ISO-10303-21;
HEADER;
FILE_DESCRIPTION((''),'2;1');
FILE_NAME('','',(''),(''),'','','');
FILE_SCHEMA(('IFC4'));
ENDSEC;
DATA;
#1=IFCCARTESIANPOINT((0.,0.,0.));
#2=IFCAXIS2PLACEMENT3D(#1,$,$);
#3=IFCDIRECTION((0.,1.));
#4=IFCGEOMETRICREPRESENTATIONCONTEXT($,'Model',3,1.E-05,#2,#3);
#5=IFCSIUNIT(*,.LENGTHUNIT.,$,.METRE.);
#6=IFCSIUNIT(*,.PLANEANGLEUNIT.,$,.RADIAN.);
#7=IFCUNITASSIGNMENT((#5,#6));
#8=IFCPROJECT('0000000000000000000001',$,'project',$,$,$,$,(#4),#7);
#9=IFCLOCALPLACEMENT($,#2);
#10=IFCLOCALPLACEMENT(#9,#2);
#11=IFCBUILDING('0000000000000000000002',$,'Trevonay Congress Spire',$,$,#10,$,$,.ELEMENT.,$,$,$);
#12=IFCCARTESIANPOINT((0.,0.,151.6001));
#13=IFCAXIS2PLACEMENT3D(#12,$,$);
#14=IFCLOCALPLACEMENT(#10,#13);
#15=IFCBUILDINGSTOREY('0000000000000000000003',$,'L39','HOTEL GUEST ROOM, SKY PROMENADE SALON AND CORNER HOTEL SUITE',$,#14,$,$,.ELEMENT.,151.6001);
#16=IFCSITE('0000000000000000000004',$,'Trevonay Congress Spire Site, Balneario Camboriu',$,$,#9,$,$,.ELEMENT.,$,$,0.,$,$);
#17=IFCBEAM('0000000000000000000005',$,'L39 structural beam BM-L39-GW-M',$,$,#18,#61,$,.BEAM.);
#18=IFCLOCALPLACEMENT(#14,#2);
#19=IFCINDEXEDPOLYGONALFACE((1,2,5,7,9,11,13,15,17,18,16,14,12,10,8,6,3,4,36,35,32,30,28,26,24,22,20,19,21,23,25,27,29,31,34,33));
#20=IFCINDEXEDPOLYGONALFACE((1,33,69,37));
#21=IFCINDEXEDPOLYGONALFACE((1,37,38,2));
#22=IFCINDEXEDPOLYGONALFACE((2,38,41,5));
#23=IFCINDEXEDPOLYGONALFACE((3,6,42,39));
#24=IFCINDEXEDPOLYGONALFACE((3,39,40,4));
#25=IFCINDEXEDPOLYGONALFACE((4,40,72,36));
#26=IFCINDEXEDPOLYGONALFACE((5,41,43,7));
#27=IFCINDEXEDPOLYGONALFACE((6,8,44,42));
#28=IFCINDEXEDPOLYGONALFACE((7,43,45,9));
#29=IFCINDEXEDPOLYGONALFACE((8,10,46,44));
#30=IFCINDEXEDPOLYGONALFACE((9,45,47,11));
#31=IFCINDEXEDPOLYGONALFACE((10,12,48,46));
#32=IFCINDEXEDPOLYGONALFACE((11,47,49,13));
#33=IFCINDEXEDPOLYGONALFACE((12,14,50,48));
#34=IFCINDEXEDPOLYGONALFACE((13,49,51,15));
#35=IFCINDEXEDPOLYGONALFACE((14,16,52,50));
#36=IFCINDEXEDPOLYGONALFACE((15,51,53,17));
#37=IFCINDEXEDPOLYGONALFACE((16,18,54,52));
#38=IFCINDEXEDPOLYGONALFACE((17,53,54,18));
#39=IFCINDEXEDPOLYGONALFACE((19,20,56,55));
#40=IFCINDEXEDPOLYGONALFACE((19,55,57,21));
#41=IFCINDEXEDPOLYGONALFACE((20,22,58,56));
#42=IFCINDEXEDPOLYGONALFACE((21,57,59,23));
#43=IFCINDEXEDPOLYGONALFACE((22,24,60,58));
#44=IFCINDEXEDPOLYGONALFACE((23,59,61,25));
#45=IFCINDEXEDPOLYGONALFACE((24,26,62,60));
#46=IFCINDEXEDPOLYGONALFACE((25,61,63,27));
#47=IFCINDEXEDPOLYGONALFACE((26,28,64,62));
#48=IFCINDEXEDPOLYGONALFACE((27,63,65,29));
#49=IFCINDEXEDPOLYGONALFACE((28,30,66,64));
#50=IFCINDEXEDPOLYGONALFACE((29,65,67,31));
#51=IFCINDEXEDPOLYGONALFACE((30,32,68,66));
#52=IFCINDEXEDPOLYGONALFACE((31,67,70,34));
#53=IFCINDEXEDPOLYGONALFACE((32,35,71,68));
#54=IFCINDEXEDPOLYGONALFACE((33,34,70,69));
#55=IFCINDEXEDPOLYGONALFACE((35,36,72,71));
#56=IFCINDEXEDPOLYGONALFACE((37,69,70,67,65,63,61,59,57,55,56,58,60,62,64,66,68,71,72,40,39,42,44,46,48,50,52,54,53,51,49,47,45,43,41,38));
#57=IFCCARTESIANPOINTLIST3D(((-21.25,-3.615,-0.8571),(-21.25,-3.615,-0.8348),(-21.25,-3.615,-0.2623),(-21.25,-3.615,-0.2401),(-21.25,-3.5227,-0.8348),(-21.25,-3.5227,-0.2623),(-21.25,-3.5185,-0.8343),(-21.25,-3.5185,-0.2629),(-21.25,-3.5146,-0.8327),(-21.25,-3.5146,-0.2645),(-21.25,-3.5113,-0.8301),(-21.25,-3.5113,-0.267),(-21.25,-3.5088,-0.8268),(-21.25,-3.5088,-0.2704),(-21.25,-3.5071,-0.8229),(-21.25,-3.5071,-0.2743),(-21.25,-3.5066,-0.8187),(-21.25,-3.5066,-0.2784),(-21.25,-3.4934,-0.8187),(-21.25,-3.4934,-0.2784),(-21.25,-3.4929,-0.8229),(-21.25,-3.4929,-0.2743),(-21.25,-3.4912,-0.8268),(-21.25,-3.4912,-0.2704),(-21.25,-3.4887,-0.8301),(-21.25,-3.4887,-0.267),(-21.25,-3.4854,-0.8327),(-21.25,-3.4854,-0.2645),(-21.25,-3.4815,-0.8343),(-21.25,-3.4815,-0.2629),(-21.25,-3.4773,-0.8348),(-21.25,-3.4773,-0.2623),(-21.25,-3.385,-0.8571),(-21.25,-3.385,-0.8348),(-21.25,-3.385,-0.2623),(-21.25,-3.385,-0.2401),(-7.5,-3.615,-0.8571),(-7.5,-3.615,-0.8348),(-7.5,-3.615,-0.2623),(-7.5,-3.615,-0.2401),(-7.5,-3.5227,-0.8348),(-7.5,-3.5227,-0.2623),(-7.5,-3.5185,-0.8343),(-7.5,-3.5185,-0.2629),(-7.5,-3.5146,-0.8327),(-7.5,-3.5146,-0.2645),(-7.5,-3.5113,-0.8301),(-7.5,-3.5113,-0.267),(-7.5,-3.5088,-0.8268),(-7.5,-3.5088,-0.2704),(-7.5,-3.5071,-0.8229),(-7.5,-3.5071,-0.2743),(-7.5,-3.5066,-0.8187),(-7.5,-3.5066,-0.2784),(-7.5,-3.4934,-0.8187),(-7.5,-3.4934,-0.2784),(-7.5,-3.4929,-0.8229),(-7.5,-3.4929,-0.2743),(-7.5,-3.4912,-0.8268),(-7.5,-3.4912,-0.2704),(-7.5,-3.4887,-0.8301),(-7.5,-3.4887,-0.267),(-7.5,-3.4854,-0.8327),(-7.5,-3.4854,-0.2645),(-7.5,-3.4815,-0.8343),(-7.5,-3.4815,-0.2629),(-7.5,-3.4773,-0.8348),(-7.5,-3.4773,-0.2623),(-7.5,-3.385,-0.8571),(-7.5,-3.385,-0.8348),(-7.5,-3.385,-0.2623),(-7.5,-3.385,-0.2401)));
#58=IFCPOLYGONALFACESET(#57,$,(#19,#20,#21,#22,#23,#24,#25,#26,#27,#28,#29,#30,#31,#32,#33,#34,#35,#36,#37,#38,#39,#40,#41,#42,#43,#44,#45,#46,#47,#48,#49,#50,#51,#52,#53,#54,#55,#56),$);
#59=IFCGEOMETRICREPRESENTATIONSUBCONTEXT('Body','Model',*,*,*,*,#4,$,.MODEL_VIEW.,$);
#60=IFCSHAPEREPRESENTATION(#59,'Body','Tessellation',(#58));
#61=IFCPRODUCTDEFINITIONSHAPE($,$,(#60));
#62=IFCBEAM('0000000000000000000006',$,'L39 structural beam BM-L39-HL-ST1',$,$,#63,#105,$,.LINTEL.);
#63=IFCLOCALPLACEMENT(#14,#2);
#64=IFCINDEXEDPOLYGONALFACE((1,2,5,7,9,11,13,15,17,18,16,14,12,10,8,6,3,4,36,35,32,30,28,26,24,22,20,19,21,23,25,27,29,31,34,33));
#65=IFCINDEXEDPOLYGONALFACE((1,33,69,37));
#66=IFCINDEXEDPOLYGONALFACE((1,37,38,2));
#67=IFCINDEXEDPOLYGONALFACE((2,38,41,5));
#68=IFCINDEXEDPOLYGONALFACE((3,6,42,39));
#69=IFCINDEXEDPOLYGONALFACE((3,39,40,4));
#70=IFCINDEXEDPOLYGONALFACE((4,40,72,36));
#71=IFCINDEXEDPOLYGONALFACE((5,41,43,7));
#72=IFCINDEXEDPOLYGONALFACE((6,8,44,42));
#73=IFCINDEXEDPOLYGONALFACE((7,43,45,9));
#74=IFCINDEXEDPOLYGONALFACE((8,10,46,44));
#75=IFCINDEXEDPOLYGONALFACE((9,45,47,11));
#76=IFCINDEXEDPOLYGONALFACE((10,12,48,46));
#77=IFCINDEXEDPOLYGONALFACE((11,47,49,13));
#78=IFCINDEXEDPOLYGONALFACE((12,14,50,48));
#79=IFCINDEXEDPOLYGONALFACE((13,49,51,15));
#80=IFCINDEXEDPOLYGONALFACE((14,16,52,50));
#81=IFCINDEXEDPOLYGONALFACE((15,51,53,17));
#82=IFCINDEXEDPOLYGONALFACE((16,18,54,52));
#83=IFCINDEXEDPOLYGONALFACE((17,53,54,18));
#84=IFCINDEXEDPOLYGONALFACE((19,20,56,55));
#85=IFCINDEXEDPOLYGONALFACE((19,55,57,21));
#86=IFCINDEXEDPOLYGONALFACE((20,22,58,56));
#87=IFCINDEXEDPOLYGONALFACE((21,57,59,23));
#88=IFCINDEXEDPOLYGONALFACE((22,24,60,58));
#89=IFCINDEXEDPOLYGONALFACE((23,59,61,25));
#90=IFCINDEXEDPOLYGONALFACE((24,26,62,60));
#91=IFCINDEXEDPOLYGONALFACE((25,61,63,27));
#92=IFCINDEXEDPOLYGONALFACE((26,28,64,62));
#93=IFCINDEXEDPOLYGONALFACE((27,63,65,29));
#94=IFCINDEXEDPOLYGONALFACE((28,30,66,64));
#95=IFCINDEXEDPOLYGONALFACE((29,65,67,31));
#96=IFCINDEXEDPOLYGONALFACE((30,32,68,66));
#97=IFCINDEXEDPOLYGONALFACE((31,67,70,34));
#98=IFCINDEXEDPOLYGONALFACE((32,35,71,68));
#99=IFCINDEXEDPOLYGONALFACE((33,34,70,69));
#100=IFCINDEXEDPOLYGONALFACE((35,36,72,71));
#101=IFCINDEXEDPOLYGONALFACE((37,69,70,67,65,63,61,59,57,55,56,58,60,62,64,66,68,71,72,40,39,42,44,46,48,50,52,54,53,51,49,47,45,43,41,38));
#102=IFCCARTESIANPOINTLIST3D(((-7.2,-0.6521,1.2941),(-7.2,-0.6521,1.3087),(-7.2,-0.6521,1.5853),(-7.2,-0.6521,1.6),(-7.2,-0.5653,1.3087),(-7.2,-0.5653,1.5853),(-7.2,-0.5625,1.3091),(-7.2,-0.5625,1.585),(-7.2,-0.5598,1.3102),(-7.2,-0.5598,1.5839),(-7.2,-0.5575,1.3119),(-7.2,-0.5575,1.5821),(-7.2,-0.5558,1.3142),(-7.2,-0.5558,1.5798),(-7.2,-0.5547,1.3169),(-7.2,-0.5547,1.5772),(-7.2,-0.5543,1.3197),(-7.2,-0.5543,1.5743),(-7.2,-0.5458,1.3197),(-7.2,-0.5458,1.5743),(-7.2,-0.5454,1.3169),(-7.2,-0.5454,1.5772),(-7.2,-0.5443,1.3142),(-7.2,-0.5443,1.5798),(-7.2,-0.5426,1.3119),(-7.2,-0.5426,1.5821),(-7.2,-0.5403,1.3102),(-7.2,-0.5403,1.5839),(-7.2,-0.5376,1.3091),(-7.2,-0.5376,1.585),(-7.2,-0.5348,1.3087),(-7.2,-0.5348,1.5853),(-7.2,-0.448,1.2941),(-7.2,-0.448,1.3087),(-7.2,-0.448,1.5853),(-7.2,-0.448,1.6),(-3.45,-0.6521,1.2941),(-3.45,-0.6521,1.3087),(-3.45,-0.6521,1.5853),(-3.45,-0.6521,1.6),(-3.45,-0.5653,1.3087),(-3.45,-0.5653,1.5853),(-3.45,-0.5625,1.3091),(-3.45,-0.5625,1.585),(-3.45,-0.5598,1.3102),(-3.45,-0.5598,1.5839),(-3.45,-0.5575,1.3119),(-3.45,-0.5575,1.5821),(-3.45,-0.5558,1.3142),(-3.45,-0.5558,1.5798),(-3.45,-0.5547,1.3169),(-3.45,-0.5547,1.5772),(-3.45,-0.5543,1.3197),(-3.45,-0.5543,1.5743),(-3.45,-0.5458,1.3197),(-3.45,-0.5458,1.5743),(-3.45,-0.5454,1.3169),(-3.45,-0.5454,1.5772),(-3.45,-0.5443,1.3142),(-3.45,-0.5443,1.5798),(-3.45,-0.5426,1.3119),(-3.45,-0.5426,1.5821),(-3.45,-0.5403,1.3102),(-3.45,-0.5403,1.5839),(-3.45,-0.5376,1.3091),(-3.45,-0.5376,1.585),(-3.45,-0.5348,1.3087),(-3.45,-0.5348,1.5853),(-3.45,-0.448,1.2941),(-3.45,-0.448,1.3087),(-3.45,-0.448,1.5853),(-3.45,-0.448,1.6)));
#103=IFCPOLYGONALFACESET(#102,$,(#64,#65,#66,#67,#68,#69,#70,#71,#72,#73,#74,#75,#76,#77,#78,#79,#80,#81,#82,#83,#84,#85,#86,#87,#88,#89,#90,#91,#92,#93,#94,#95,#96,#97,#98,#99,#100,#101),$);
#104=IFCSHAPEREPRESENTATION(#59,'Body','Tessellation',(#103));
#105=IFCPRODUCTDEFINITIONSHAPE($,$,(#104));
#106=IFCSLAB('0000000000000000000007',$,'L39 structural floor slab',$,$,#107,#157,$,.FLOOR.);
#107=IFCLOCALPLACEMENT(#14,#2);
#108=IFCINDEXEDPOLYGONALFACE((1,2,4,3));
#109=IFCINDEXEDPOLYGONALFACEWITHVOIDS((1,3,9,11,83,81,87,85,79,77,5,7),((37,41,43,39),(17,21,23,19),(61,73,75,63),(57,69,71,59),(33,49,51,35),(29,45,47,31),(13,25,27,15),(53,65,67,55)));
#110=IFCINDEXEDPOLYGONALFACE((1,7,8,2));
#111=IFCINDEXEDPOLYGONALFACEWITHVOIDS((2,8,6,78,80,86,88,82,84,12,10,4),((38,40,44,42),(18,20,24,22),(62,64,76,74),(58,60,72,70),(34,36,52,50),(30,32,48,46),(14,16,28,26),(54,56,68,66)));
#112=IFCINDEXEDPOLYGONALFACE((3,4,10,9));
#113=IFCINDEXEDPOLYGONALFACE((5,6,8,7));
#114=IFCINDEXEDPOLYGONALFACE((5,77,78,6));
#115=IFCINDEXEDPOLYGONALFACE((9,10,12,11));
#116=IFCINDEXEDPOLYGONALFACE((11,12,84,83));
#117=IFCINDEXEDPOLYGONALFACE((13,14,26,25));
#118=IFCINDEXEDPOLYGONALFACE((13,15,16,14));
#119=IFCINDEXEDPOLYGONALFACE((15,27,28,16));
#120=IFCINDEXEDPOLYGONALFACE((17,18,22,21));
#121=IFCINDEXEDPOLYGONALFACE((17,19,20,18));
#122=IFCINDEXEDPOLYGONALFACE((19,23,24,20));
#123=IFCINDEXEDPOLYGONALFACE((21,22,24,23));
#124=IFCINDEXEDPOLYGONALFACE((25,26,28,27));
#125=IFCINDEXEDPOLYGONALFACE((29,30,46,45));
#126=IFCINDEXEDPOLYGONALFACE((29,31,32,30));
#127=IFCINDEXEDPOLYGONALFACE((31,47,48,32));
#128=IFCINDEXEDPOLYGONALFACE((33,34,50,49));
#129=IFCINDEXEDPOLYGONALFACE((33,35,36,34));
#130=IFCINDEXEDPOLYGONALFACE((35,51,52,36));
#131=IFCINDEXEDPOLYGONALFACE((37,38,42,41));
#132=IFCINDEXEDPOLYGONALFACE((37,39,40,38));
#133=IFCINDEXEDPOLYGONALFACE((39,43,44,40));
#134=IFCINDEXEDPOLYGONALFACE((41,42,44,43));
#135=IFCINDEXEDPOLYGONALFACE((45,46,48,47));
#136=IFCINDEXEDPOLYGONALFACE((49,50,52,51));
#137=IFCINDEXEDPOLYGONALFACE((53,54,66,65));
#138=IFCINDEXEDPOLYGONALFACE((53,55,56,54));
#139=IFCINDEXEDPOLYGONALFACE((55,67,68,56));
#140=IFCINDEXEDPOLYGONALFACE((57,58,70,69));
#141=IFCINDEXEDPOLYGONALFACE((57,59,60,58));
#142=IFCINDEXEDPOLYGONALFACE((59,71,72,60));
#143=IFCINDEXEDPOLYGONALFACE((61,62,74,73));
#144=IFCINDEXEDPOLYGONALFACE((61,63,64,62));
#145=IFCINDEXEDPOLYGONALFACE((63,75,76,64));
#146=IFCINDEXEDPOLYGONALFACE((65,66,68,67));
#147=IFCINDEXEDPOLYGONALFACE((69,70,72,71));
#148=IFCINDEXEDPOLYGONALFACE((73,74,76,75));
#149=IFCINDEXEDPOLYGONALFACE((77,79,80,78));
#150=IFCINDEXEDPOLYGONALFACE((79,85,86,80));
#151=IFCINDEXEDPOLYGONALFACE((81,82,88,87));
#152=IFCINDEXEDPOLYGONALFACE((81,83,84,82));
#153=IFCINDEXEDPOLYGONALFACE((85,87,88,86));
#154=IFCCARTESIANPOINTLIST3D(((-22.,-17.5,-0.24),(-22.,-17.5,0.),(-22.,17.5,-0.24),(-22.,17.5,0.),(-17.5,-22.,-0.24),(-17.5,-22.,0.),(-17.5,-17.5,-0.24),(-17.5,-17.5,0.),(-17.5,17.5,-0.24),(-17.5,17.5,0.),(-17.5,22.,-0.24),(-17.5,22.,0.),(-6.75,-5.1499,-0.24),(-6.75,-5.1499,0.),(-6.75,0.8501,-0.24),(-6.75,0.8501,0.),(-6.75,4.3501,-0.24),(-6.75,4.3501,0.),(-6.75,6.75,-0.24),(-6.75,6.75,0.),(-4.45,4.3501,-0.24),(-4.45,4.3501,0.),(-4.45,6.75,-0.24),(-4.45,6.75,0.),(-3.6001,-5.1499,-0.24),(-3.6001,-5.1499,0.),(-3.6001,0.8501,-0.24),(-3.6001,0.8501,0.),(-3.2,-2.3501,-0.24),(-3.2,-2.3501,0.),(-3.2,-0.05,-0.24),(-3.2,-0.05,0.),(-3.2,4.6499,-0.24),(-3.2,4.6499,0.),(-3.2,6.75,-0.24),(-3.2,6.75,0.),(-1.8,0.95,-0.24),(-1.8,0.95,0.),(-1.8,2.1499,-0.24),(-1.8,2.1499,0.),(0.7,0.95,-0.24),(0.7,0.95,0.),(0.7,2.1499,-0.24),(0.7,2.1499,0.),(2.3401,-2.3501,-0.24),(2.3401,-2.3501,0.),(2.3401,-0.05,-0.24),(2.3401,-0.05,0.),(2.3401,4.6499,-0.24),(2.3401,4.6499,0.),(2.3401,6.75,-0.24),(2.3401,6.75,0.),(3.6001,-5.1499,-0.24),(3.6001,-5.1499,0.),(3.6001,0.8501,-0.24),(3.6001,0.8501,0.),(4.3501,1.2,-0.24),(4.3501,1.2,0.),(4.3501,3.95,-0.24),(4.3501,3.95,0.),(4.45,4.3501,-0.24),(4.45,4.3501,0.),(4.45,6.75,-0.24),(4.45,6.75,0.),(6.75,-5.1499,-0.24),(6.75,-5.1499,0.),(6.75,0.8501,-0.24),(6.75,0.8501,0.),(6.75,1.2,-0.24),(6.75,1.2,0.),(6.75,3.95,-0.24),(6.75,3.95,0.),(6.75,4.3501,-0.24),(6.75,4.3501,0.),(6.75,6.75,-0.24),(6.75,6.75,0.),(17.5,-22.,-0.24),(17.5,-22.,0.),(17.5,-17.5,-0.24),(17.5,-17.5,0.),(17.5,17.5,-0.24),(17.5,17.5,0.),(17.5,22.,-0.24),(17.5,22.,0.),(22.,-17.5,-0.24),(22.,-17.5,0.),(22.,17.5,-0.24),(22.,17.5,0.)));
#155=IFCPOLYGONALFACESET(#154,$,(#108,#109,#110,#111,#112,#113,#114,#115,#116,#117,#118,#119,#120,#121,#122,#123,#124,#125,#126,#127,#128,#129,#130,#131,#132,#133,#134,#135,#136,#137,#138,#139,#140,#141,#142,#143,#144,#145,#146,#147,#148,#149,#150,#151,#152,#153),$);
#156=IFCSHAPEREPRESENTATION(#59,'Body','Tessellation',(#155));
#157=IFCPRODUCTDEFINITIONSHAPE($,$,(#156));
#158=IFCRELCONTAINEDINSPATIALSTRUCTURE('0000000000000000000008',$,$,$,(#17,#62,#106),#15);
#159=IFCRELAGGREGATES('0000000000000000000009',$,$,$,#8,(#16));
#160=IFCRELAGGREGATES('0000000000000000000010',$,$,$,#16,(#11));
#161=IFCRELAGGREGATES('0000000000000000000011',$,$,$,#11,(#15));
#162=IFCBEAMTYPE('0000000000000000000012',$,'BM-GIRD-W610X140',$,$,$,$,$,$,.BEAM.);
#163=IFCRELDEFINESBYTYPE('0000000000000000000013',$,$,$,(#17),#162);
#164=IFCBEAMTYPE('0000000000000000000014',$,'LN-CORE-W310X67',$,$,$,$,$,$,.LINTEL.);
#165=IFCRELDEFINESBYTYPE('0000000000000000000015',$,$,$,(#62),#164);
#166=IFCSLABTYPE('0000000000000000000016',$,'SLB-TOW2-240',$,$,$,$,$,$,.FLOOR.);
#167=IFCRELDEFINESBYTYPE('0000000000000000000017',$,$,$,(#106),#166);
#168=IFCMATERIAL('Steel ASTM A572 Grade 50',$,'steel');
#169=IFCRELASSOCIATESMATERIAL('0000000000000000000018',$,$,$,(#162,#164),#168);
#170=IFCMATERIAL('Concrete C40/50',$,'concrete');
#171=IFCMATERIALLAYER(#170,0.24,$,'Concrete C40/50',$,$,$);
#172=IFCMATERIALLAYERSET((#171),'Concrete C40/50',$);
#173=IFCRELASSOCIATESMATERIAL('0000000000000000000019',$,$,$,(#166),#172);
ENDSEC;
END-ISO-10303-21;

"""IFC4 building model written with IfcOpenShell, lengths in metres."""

from ifc_helpers import new_model, si_unit, direction, frame, origin, origin_2d, place, context, subcontext, project, spatial, polyline, i_section, outline, extrude, material, layer, layer_set, material_profile, profile_set, type_object, element, save


model = new_model("IFC4")

# Units and contexts
model_context = context("Model", 3, precision=1e-05, world=origin(), true_north=direction((0.0, 1.0)))
body_context = subcontext(model_context, "Body", "Model", "MODEL_VIEW")
ifc_project = project(units=[si_unit("LENGTHUNIT", "METRE"), si_unit("PLANEANGLEUNIT", "RADIAN")], contexts=[model_context])

# Site, building, storey
site_placement = place(None, origin())
site = spatial("IfcSite", under=ifc_project, at=site_placement, Name="Trevonay Congress Spire Site, Balneario Camboriu", CompositionType="ELEMENT", RefElevation=0.0)
building_placement = place(site_placement, origin())
building = spatial("IfcBuilding", under=site, at=building_placement, Name="Trevonay Congress Spire", CompositionType="ELEMENT")
storey_placement = place(building_placement, frame((0.0, 0.0, 151.6001)))
storey = spatial("IfcBuildingStorey", under=building, at=storey_placement, Name="L39", Description="HOTEL GUEST ROOM, SKY PROMENADE SALON AND CORNER HOTEL SUITE", CompositionType="ELEMENT", Elevation=151.6001)

# Shared definitions
ifc_material_1 = material(Name="Steel ASTM A572 Grade 50", Category="steel")

# Beams
ifc_material_profile_1 = material_profile(ifc_material_1, i_section(OverallWidth=0.23, OverallDepth=0.6169, WebThickness=0.0132, FlangeThickness=0.0222, FilletRadius=0.0161, at=origin_2d()), Name="W610x140")
ifc_profile_set_1 = profile_set([ifc_material_profile_1], Name="Steel ASTM A572 Grade 50")
beam_type_1 = type_object("IfcBeamType", Name="BM-GIRD-W610X140", PredefinedType="BEAM", material=ifc_profile_set_1)
for number, where, z_axis, x_axis, name in (
    (1, (-7.5, -3.5, -0.5486), (-1.0, 0.0, 0.0), (0.0, -1.0, 0.0), "L39 structural beam BM-L39-GW-M"),
):
    element("IfcBeam", number, at=place(storey_placement, frame(where, z_axis=z_axis, x_axis=x_axis)), inside=storey, type_object=beam_type_1, Name=name, PredefinedType="BEAM", context=body_context, shape_type="SweptSolid", body=[
        extrude(i_section(OverallWidth=0.23, OverallDepth=0.6169, WebThickness=0.0132, FlangeThickness=0.0222, FilletRadius=0.0161, at=origin_2d()), origin(), (0.0, 0.0, 1.0), 13.75),
    ])
ifc_material_profile_2 = material_profile(ifc_material_1, i_section(OverallWidth=0.2041, OverallDepth=0.3059, WebThickness=0.0085, FlangeThickness=0.0146, FilletRadius=0.011, at=origin_2d()), Name="W310x67")
ifc_profile_set_2 = profile_set([ifc_material_profile_2], Name="Steel ASTM A572 Grade 50")
beam_type_2 = type_object("IfcBeamType", Name="LN-CORE-W310X67", PredefinedType="LINTEL", material=ifc_profile_set_2)
beam_1_placement = place(storey_placement, frame((-7.2, -0.55, 1.447), z_axis=(1.0, 0.0, 0.0), x_axis=(0.0, 1.0, 0.0)))
element("IfcBeam", 2, at=beam_1_placement, inside=storey, type_object=beam_type_2, Name="L39 structural beam BM-L39-HL-ST1", PredefinedType="LINTEL", context=body_context, shape_type="SweptSolid", body=[
    extrude(i_section(OverallWidth=0.2041, OverallDepth=0.3059, WebThickness=0.0085, FlangeThickness=0.0146, FilletRadius=0.011, at=origin_2d()), origin(), (0.0, 0.0, 1.0), 3.75),
])

# Slab
ifc_material_2 = material(Name="Concrete C40/50", Category="concrete")
ifc_layer_1 = layer(ifc_material_2, 0.24, Name="Concrete C40/50")
ifc_layer_set_1 = layer_set([ifc_layer_1], Name="Concrete C40/50")
slab_type = type_object("IfcSlabType", Name="SLB-TOW2-240", PredefinedType="FLOOR", material=ifc_layer_set_1)
slab_placement = place(storey_placement, frame((0.0, 0.0, -0.24)))
element("IfcSlab", 3, at=slab_placement, inside=storey, type_object=slab_type, Name="L39 structural floor slab", PredefinedType="FLOOR", context=body_context, shape_type="SweptSolid", body=[
    extrude(outline(polyline([(-17.5, -22.0), (17.5, -22.0), (17.5, -17.5), (22.0, -17.5), (22.0, 17.5), (17.5, 17.5), (17.5, 22.0), (-17.5, 22.0), (-17.5, 17.5), (-22.0, 17.5), (-22.0, -17.5), (-17.5, -17.5), (-17.5, -22.0)]), holes=[polyline([(-3.6001, -5.1499), (-3.6001, 0.8501), (-6.75, 0.8501), (-6.75, -5.1499), (-3.6001, -5.1499)]), polyline([(6.75, -5.1499), (6.75, 0.8501), (3.6001, 0.8501), (3.6001, -5.1499), (6.75, -5.1499)]), polyline([(-3.2, -2.3501), (2.3401, -2.3501), (2.3401, -0.05), (-3.2, -0.05), (-3.2, -2.3501)]), polyline([(-3.2, 4.6499), (2.3401, 4.6499), (2.3401, 6.75), (-3.2, 6.75), (-3.2, 4.6499)]), polyline([(-6.75, 4.3501), (-4.45, 4.3501), (-4.45, 6.75), (-6.75, 6.75), (-6.75, 4.3501)]), polyline([(4.45, 4.3501), (6.75, 4.3501), (6.75, 6.75), (4.45, 6.75), (4.45, 4.3501)]), polyline([(4.3501, 1.2), (6.75, 1.2), (6.75, 3.95), (4.3501, 3.95), (4.3501, 1.2)]), polyline([(-1.8, 0.95), (0.7, 0.95), (0.7, 2.1499), (-1.8, 2.1499), (-1.8, 0.95)])]), origin(), (0.0, 0.0, 1.0), 0.24),
])

save(model, "model.ifc")
